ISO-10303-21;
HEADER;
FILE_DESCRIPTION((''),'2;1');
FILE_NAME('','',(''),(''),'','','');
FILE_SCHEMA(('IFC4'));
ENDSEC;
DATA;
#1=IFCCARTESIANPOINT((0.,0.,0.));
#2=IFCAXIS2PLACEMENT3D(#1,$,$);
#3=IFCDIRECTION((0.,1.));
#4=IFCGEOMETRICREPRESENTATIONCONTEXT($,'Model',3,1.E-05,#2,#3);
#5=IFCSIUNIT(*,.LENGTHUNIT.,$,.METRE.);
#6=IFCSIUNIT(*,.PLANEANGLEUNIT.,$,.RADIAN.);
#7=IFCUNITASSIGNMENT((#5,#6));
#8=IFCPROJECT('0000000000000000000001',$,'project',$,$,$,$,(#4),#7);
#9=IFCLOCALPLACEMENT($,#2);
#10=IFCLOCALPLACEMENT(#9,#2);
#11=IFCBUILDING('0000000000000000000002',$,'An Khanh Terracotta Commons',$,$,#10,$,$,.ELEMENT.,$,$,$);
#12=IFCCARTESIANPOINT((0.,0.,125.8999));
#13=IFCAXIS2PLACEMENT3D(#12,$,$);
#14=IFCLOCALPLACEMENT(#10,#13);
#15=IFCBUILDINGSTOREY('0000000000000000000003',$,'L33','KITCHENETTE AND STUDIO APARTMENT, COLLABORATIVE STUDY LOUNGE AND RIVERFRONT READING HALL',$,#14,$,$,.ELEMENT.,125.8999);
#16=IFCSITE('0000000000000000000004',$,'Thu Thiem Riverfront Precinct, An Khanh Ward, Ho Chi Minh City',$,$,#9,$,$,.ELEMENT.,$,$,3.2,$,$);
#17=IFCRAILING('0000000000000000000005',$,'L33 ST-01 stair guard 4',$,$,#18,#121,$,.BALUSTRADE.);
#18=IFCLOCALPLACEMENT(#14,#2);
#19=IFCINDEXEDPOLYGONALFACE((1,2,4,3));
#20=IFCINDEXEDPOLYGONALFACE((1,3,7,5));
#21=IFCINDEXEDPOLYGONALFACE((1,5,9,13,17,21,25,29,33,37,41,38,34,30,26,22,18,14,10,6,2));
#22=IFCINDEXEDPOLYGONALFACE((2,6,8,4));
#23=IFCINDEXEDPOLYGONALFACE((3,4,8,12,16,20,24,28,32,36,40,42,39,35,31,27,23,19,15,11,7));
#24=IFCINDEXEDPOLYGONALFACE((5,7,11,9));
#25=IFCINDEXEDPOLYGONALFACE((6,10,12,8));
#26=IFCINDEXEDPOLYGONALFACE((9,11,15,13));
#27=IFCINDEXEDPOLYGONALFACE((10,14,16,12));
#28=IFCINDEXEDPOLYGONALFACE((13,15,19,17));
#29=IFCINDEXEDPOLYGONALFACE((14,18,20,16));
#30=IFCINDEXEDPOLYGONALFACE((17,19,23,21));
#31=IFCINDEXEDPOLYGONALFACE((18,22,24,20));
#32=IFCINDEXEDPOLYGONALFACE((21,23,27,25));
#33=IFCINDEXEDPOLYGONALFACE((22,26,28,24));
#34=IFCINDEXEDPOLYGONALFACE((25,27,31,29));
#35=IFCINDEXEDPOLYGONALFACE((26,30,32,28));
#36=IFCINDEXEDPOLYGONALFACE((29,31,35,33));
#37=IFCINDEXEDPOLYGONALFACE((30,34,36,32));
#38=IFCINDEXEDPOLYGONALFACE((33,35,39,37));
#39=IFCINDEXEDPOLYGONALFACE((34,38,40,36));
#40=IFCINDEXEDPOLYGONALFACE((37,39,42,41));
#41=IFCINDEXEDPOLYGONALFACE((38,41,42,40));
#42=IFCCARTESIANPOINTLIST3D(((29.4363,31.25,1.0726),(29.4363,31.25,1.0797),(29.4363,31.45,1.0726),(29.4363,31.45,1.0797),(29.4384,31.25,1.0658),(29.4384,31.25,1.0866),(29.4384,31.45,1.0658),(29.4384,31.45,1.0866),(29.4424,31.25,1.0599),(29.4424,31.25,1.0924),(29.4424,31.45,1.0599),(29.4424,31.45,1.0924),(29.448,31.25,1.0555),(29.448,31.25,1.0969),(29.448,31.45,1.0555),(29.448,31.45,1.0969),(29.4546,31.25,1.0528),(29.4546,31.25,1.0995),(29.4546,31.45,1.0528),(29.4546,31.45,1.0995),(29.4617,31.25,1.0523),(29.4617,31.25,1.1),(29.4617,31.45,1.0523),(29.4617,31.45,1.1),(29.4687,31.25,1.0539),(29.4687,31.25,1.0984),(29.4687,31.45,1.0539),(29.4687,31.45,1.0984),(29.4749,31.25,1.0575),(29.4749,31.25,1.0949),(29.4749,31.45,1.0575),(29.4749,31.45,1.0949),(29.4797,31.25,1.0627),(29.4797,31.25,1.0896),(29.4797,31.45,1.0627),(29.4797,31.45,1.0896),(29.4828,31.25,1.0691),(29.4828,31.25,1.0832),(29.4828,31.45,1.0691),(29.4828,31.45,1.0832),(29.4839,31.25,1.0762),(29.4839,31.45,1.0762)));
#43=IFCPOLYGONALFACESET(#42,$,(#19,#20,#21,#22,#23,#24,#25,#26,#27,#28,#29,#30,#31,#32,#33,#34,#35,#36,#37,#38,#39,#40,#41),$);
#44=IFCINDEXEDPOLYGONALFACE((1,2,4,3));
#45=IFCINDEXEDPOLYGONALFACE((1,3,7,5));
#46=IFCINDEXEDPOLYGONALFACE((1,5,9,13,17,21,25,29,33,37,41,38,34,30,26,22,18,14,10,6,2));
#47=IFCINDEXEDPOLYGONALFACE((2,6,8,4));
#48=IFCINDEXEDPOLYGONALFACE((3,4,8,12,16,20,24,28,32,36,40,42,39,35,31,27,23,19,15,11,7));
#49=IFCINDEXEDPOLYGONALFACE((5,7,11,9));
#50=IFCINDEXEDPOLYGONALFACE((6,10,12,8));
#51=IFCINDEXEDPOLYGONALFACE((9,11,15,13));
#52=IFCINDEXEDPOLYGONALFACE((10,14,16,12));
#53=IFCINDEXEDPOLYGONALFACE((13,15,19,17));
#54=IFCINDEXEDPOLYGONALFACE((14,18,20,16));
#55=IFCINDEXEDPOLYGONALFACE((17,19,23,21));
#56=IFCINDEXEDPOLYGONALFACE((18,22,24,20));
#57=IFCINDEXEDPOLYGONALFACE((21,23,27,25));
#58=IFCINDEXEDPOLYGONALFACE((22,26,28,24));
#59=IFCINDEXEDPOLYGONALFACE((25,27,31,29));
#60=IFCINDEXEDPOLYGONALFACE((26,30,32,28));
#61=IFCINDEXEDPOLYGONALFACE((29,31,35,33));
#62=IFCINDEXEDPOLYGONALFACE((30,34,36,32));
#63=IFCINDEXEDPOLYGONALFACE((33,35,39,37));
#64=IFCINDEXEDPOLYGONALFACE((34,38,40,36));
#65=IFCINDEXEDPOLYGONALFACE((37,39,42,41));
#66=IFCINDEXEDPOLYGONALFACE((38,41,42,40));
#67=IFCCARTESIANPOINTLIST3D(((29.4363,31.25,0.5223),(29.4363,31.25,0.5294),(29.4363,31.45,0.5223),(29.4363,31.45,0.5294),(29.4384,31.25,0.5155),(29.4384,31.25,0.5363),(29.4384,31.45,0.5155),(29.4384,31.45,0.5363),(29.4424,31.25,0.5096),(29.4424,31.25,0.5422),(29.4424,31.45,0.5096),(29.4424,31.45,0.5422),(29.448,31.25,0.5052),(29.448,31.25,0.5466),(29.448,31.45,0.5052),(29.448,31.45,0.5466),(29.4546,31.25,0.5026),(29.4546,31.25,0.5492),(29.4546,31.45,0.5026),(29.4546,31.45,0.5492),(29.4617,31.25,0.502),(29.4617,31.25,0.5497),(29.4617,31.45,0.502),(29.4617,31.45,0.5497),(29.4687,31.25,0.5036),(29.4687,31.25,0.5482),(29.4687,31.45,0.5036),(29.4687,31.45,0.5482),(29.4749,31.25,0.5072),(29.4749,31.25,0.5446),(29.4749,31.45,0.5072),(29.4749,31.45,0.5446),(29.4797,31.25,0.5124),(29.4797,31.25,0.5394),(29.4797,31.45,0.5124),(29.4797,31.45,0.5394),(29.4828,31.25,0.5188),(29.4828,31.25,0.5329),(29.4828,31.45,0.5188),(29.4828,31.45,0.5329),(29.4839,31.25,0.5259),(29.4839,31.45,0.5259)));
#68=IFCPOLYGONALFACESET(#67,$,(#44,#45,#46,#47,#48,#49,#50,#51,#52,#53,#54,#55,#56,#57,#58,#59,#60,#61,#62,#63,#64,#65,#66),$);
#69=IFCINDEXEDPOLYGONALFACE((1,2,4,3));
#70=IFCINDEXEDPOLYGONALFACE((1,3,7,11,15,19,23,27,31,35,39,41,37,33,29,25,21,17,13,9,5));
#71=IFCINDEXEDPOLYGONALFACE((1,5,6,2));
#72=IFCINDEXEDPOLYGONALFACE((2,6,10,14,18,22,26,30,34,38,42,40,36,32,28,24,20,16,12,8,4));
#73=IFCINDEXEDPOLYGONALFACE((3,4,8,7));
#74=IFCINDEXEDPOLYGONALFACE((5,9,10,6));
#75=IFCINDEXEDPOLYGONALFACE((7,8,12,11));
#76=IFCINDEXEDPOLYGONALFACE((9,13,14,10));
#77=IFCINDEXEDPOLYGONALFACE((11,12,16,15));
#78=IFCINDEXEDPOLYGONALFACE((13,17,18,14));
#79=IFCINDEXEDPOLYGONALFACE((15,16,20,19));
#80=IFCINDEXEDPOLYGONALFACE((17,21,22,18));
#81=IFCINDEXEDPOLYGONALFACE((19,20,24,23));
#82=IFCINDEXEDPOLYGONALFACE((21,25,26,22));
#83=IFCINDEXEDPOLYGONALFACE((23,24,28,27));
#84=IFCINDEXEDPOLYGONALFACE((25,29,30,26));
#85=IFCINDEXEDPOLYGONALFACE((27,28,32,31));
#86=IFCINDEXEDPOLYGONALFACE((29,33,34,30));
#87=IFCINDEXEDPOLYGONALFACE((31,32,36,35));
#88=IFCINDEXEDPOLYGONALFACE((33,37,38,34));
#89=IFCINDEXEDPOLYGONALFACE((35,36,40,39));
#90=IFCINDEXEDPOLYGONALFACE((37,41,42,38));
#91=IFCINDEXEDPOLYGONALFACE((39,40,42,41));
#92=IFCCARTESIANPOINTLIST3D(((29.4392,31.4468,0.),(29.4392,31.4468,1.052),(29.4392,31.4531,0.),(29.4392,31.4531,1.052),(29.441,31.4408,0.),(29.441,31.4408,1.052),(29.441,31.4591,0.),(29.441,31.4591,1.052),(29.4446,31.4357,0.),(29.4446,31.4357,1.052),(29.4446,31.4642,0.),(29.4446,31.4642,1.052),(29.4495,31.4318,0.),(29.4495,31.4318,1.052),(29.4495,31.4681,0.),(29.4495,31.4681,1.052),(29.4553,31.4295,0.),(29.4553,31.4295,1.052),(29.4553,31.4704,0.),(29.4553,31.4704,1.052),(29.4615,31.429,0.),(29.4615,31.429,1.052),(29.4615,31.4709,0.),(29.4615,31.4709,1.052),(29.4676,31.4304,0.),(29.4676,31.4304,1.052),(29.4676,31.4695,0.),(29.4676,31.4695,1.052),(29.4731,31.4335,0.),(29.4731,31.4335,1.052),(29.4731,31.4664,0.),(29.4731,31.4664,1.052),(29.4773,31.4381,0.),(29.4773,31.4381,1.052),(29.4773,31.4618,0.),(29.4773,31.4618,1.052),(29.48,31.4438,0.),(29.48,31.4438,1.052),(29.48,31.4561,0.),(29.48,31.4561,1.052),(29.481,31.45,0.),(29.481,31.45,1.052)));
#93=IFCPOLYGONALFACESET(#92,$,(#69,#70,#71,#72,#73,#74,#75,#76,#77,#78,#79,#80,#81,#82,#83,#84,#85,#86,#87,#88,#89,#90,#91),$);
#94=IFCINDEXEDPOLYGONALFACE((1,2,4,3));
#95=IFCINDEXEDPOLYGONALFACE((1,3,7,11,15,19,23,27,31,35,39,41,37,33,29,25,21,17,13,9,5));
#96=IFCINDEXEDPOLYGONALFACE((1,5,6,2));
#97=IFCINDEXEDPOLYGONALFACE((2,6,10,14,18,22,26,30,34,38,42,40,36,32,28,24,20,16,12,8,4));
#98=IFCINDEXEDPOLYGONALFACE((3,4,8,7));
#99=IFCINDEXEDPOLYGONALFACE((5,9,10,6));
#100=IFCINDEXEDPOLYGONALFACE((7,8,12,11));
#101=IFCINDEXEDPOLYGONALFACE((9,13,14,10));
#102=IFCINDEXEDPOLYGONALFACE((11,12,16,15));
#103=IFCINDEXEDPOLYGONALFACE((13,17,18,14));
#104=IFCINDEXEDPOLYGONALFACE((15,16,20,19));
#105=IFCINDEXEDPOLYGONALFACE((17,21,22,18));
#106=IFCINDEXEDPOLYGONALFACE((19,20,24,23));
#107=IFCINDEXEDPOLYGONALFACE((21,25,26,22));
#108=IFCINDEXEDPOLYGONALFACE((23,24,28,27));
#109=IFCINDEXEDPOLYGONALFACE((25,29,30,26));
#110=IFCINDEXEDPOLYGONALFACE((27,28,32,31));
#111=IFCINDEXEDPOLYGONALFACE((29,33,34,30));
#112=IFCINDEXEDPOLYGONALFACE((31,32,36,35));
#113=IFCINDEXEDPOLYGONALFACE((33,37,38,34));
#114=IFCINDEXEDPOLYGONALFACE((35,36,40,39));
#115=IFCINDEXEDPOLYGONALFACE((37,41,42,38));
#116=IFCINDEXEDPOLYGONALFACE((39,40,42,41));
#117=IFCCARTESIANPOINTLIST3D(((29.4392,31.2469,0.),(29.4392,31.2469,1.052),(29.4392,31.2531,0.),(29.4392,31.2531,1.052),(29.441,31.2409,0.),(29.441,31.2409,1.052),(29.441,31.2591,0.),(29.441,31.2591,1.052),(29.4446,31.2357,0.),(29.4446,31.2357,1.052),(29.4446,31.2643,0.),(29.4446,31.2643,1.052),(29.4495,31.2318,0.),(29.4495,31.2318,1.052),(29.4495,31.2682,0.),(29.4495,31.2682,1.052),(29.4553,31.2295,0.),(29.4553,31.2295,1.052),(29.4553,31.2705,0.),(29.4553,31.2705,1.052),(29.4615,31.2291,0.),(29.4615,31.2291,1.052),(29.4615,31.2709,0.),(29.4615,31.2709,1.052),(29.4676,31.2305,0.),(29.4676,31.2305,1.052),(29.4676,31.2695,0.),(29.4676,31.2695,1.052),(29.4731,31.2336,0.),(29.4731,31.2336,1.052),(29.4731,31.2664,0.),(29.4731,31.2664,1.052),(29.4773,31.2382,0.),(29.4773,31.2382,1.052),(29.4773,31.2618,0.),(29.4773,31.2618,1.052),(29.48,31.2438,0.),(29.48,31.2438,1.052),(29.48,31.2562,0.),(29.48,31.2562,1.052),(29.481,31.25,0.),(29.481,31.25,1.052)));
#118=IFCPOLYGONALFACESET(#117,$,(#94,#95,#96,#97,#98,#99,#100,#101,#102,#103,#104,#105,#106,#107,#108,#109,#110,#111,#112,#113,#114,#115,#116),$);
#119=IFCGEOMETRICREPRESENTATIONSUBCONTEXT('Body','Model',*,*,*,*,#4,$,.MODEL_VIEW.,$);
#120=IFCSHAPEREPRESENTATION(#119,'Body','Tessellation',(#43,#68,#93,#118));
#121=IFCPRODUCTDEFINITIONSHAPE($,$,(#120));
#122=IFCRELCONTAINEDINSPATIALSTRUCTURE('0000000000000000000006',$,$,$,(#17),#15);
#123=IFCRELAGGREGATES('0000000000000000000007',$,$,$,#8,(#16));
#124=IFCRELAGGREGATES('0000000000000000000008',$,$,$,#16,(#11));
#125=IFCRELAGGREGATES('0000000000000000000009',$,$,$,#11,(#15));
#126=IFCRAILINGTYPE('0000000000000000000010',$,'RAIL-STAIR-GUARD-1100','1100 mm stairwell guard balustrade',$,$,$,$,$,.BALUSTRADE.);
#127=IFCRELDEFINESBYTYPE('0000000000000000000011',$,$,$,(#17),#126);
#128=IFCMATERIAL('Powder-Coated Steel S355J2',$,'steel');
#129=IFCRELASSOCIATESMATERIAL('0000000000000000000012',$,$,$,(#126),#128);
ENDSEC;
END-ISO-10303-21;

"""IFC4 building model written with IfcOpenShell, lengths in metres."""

from ifc_helpers import new_model, si_unit, direction, frame, origin, origin_2d, place, context, subcontext, project, spatial, circle, extrude, material, type_object, element, save


model = new_model("IFC4")

# Units and contexts
model_context = context("Model", 3, precision=1e-05, world=origin(), true_north=direction((0.0, 1.0)))
body_context = subcontext(model_context, "Body", "Model", "MODEL_VIEW")
ifc_project = project(units=[si_unit("LENGTHUNIT", "METRE"), si_unit("PLANEANGLEUNIT", "RADIAN")], contexts=[model_context])

# Site, building, storey
site_placement = place(None, origin())
site = spatial("IfcSite", under=ifc_project, at=site_placement, Name="Thu Thiem Riverfront Precinct, An Khanh Ward, Ho Chi Minh City", CompositionType="ELEMENT", RefElevation=3.2)
building_placement = place(site_placement, origin())
building = spatial("IfcBuilding", under=site, at=building_placement, Name="An Khanh Terracotta Commons", CompositionType="ELEMENT")
storey_placement = place(building_placement, frame((0.0, 0.0, 125.8999)))
storey = spatial("IfcBuildingStorey", under=building, at=storey_placement, Name="L33", Description="KITCHENETTE AND STUDIO APARTMENT, COLLABORATIVE STUDY LOUNGE AND RIVERFRONT READING HALL", CompositionType="ELEMENT", Elevation=125.8999)

# Railing
ifc_material_1 = material(Name="Powder-Coated Steel S355J2", Category="steel")
railing_type_1 = type_object("IfcRailingType", Name="RAIL-STAIR-GUARD-1100", Description="1100 mm stairwell guard balustrade", PredefinedType="BALUSTRADE", material=ifc_material_1)
railing_1_placement = place(storey_placement, frame((29.46, 31.45, 0.0)))
element("IfcRailing", 1, at=railing_1_placement, inside=storey, type_object=railing_type_1, Name="L33 ST-01 stair guard 4", PredefinedType="BALUSTRADE", context=body_context, shape_type="SweptSolid", body=[
    extrude(circle(Radius=0.0239, at=origin_2d()), frame((0.0, 0.0, 1.0762), z_axis=(0.0, -1.0, 0.0), x_axis=(1.0, 0.0, 0.0)), (0.0, 0.0, 1.0), 0.2),
    extrude(circle(Radius=0.0239, at=origin_2d()), frame((0.0, 0.0, 0.5259), z_axis=(0.0, -1.0, 0.0), x_axis=(1.0, 0.0, 0.0)), (0.0, 0.0, 1.0), 0.2),
    extrude(circle(Radius=0.021, at=origin_2d()), origin(), (0.0, 0.0, 1.0), 1.052),
    extrude(circle(Radius=0.021, at=origin_2d()), frame((0.0, -0.2, 0.0)), (0.0, 0.0, 1.0), 1.052),
])

save(model, "model.ifc")
